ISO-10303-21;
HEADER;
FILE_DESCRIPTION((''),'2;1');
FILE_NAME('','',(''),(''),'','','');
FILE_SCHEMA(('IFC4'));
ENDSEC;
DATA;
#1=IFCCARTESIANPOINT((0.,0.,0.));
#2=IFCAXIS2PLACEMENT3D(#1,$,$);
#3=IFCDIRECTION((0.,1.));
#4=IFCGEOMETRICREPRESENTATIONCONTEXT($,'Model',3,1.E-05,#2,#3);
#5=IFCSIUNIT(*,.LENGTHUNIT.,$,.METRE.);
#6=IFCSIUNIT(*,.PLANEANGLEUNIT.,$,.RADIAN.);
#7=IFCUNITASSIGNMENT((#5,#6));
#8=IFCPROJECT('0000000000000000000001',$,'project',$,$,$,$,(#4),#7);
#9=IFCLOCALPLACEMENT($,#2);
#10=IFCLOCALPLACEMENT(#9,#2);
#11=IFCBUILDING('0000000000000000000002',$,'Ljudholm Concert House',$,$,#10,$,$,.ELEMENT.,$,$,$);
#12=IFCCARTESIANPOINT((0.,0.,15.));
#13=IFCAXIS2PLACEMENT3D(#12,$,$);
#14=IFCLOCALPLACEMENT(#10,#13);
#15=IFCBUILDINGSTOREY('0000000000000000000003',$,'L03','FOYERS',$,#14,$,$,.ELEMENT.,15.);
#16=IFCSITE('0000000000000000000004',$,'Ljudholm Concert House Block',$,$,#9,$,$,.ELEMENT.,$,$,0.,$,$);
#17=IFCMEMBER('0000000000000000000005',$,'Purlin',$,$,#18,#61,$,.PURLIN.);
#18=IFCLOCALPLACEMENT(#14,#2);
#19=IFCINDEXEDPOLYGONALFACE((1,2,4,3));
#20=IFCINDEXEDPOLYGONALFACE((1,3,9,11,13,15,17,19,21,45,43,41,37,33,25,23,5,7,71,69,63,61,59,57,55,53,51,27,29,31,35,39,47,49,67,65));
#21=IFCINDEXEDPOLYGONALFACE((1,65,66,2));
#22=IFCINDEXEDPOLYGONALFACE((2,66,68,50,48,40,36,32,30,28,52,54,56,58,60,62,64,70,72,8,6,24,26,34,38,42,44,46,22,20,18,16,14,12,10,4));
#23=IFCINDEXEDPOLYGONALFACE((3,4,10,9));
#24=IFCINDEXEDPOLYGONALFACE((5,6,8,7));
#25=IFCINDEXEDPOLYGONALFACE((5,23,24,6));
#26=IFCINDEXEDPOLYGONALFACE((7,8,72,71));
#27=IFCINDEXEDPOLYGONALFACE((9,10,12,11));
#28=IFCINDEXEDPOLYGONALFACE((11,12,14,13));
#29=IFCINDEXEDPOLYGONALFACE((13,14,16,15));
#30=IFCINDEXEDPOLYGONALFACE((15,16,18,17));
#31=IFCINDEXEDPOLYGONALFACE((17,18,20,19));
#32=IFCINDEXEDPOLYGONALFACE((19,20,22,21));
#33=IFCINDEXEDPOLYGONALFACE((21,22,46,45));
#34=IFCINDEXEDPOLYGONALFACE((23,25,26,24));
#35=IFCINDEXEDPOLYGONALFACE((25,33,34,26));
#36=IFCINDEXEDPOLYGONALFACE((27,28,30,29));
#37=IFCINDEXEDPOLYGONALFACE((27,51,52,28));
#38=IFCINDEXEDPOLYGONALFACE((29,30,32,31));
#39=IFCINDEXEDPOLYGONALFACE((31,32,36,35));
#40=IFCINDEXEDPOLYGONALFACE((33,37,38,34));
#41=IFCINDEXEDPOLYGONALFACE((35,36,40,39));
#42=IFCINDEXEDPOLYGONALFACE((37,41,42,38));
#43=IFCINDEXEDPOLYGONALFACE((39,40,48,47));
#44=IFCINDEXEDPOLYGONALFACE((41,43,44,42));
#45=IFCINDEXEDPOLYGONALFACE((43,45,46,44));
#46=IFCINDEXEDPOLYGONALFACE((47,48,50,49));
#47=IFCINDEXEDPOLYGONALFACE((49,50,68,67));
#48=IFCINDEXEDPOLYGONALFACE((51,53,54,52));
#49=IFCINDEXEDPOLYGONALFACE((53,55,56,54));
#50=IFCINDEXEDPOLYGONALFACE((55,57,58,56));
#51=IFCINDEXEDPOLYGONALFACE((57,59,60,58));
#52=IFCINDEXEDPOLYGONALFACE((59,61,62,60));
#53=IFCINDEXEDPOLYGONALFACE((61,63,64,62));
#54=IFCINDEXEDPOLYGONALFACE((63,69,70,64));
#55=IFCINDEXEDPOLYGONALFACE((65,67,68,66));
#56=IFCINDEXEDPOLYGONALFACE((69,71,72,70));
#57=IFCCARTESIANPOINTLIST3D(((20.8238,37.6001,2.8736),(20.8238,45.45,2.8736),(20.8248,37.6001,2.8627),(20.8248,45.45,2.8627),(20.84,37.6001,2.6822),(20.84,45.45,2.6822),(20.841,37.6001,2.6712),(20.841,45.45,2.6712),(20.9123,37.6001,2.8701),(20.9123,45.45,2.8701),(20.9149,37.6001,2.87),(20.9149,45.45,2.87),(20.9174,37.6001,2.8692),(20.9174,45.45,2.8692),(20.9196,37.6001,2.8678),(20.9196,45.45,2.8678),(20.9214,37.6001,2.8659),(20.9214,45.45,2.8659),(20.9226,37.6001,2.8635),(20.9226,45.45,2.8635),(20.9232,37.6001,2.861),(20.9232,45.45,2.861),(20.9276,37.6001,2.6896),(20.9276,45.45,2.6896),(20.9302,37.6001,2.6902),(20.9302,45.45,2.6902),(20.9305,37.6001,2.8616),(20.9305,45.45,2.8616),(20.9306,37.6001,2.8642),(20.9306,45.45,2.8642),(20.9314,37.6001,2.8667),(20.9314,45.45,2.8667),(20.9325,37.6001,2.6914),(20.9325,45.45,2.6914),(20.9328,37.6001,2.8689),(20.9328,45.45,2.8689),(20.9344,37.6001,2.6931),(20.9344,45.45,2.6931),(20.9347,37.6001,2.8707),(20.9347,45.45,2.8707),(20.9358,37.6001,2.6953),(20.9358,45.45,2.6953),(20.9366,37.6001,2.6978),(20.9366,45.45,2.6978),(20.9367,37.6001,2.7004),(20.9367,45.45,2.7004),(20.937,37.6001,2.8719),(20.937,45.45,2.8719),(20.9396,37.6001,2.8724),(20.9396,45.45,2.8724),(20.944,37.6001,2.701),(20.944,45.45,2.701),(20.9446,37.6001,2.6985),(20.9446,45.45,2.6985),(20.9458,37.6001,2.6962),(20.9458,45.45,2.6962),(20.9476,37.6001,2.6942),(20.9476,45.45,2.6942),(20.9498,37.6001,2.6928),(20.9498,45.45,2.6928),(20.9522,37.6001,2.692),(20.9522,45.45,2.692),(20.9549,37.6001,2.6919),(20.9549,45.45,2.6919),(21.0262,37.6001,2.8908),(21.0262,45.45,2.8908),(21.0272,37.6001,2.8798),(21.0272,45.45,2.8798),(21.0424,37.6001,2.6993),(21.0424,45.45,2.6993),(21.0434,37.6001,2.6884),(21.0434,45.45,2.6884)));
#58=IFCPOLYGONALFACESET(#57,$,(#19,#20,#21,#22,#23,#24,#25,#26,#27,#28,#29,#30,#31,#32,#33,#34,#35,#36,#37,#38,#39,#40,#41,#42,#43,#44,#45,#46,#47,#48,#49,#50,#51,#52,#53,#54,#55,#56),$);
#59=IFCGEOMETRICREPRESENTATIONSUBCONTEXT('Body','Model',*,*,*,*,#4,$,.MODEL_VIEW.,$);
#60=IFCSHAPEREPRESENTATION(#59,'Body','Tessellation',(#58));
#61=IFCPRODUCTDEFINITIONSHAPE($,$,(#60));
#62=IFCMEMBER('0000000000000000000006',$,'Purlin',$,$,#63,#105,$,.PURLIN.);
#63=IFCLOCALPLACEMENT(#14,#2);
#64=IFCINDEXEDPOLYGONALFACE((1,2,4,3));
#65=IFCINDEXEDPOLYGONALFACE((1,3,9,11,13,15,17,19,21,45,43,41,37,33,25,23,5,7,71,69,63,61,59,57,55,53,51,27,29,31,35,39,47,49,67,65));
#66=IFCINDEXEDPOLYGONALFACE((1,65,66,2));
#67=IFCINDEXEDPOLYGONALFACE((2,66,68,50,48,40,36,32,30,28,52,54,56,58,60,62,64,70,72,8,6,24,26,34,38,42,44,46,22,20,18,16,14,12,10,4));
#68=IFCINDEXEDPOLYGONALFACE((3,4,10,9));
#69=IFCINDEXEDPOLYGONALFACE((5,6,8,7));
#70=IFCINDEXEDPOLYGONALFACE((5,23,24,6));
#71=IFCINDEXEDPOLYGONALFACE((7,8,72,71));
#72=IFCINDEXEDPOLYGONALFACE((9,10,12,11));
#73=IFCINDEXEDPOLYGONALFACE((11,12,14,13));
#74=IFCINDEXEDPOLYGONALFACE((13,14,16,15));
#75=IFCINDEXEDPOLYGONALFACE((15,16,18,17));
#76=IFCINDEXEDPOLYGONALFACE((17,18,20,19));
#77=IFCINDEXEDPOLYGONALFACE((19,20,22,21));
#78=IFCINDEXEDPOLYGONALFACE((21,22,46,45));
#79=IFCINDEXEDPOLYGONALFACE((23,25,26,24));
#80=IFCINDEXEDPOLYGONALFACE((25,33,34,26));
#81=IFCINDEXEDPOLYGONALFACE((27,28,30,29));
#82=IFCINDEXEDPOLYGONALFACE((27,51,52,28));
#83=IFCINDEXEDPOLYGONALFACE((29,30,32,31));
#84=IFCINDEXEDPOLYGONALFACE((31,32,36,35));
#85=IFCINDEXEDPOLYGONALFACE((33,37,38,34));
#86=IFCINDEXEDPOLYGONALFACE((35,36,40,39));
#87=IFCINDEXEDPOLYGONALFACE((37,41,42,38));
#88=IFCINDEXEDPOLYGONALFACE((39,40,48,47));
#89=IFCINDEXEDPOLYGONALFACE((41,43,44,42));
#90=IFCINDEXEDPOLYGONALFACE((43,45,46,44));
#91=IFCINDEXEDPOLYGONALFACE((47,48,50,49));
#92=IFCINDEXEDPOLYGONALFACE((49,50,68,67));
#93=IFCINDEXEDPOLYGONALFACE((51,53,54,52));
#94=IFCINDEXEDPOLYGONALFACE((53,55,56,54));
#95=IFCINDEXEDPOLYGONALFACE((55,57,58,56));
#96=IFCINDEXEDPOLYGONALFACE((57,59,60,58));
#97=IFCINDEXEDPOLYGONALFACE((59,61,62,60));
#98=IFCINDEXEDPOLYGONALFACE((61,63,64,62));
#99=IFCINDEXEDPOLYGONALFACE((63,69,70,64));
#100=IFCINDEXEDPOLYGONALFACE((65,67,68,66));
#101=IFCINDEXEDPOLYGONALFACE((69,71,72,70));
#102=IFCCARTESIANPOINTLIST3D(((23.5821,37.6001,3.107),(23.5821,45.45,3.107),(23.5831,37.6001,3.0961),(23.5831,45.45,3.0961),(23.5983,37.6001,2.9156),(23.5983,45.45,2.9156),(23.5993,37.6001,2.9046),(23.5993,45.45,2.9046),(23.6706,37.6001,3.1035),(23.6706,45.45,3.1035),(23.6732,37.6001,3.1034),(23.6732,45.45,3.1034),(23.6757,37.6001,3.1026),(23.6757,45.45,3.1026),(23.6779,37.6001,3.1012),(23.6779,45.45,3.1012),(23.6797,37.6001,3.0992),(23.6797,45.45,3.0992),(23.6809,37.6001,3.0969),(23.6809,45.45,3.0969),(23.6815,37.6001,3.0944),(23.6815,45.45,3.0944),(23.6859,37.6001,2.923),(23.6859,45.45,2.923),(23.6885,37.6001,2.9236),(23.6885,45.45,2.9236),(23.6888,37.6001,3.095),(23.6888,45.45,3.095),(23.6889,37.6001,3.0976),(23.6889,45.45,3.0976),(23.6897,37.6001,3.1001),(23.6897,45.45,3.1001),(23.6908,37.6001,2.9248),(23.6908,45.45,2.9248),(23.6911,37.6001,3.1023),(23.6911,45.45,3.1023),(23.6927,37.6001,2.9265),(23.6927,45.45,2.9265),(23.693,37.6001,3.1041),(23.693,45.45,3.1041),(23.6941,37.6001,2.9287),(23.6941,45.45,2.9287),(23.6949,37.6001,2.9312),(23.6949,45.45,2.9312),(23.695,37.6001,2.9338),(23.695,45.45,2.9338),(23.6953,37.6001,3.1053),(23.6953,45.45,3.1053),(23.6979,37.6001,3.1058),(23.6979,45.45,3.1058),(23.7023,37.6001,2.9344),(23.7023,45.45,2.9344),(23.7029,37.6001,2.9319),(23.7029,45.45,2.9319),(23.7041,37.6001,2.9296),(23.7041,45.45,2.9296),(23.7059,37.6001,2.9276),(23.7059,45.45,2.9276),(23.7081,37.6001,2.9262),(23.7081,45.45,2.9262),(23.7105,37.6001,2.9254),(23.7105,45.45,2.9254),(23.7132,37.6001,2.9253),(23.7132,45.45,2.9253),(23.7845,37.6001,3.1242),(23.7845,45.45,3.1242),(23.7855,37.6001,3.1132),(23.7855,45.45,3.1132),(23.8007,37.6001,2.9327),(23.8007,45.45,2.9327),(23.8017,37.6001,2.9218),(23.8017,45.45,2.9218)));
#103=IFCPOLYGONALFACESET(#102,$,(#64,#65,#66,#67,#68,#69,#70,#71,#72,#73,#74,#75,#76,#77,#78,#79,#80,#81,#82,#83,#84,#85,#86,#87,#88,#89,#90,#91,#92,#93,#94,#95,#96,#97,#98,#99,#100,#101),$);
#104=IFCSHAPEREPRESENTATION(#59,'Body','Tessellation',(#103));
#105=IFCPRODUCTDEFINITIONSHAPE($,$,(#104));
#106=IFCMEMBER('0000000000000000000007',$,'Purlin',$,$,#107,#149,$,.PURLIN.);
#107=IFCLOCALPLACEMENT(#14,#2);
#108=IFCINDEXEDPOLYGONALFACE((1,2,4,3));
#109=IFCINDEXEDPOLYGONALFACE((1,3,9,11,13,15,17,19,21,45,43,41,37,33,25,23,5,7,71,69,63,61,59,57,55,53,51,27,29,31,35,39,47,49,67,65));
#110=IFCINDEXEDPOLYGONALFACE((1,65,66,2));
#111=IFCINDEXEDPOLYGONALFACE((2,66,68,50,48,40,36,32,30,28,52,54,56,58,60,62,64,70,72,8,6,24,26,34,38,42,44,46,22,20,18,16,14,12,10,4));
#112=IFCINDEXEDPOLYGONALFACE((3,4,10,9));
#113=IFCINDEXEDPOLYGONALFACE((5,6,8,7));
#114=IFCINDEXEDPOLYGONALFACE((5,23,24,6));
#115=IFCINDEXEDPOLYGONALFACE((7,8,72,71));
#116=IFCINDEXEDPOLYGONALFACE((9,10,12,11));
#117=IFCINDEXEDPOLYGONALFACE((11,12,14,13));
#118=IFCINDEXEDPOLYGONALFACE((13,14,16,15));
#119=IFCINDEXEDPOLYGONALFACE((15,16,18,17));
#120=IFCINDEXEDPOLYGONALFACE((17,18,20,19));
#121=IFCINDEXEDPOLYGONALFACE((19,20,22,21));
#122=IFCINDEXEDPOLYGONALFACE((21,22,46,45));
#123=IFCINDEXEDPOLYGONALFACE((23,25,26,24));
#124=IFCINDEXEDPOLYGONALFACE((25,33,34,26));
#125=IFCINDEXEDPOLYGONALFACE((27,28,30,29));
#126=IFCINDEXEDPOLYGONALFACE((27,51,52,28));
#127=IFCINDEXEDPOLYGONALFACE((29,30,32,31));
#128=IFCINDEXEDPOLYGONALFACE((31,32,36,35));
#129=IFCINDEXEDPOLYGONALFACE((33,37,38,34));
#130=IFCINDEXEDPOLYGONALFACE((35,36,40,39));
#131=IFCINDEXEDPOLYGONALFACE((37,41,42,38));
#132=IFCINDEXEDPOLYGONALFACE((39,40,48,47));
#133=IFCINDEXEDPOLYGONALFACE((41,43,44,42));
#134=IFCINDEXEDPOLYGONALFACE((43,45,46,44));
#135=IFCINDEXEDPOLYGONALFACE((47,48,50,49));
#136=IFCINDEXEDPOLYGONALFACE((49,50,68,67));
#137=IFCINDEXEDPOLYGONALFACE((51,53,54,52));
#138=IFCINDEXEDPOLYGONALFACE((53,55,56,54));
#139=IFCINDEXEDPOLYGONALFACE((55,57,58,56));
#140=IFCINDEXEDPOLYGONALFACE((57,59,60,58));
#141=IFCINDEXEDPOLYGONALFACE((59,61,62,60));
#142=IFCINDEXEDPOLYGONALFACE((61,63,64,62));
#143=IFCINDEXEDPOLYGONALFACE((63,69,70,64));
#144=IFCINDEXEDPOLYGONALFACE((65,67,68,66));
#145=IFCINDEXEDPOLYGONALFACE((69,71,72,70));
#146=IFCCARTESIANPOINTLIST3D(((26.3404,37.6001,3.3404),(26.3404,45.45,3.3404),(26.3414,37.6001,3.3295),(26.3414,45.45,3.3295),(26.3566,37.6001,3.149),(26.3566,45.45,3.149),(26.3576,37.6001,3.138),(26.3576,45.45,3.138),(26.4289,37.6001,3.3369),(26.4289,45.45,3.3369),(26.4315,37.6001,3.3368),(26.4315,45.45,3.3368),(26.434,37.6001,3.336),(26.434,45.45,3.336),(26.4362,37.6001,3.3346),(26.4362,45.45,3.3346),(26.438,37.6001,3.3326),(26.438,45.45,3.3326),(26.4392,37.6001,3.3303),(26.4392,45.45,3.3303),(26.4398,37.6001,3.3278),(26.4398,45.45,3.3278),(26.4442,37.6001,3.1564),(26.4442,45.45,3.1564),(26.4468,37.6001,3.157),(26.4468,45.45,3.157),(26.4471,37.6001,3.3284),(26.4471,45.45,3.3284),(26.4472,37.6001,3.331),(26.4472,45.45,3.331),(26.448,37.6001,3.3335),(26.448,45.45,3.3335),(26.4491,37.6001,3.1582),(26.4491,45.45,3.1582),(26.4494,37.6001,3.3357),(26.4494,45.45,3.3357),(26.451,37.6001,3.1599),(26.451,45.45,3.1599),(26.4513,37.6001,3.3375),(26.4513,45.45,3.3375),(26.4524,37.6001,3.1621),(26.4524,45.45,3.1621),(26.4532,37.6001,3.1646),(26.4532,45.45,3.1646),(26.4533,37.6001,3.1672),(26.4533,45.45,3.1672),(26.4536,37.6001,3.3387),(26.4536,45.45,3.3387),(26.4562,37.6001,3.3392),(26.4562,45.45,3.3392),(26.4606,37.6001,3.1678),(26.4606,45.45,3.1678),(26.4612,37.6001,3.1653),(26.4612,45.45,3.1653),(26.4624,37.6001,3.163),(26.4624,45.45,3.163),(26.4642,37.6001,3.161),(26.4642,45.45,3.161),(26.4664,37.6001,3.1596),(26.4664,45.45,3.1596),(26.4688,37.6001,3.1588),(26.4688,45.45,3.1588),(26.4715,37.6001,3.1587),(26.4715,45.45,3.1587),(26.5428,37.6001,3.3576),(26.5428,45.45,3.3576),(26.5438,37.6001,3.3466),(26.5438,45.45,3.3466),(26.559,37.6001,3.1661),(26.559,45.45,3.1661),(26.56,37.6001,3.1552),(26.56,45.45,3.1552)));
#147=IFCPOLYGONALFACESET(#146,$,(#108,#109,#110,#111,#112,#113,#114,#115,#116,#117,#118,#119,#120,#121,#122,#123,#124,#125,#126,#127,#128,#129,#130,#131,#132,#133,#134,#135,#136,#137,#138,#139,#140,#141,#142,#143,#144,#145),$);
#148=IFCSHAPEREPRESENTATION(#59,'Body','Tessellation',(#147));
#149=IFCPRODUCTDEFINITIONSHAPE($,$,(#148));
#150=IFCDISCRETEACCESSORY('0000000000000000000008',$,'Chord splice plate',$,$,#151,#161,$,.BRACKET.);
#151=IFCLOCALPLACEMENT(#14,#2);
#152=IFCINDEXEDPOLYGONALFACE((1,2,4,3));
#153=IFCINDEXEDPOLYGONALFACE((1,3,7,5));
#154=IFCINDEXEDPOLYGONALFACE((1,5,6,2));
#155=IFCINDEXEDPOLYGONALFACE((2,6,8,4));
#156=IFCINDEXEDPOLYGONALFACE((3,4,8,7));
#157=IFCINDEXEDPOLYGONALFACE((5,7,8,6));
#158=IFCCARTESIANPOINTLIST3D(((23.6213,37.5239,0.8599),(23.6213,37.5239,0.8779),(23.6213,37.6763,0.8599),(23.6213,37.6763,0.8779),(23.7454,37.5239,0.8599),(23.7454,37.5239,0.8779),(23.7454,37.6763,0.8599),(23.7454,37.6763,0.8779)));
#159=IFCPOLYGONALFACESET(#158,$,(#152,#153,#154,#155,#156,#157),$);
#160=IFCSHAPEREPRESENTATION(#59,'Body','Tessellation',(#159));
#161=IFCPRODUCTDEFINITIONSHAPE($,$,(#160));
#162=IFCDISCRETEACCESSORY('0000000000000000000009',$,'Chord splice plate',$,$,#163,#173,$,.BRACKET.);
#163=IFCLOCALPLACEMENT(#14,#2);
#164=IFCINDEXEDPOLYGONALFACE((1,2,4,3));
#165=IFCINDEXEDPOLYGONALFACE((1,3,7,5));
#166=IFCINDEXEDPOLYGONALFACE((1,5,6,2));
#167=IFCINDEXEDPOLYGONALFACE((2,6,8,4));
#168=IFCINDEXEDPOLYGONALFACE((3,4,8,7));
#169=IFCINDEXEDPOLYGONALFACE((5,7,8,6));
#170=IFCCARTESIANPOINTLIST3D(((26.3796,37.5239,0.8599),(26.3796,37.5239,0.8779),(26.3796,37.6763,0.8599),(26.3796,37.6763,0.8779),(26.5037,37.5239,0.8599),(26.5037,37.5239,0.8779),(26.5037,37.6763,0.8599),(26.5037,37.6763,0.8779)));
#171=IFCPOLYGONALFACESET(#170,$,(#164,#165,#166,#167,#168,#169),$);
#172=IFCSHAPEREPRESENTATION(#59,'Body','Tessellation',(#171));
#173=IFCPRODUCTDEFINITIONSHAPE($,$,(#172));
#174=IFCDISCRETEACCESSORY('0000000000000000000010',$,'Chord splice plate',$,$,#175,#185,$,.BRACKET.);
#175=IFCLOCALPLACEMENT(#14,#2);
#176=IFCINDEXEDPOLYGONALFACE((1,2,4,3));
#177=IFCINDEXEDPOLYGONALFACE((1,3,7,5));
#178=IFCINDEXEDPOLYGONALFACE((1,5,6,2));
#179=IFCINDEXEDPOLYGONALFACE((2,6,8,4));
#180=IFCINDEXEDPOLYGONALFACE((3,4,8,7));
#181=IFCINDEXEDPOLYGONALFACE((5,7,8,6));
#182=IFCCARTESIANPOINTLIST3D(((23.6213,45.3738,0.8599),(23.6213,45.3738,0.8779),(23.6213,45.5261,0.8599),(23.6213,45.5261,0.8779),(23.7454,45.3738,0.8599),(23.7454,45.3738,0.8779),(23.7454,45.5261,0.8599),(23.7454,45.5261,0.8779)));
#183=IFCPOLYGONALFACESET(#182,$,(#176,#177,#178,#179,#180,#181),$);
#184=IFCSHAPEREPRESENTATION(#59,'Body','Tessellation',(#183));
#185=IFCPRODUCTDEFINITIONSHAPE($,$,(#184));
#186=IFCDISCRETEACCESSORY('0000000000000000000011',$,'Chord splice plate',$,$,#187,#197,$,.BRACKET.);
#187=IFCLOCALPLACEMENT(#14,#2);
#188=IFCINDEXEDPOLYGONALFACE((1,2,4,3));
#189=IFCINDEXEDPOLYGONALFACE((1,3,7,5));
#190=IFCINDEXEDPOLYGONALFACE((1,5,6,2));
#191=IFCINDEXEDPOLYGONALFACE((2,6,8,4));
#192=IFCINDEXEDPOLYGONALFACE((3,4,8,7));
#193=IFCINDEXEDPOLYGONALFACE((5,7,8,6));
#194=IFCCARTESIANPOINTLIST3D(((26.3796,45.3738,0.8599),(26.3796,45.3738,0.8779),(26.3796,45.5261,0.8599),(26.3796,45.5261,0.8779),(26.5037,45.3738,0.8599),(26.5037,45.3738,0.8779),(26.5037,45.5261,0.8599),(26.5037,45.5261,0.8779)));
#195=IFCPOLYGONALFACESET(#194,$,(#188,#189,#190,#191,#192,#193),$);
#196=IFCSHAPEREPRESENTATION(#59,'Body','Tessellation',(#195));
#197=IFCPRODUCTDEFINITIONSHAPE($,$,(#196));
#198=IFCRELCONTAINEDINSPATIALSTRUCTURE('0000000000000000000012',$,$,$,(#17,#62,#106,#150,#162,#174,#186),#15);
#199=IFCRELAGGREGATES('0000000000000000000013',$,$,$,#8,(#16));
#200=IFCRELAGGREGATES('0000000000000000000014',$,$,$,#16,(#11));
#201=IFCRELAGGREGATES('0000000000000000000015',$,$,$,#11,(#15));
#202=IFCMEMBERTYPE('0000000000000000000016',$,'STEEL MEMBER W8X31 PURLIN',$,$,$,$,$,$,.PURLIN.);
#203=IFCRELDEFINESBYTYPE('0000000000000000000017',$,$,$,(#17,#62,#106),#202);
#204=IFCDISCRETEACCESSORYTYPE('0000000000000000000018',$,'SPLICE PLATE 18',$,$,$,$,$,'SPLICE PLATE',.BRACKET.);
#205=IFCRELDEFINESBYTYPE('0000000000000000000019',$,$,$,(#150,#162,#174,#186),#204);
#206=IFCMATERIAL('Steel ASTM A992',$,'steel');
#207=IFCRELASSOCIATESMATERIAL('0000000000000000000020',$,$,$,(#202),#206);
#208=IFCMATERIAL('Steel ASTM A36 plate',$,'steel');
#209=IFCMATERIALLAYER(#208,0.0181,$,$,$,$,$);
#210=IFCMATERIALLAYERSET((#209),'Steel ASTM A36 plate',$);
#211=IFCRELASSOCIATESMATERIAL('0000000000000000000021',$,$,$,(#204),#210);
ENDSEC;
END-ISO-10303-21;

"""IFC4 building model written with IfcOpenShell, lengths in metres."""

from ifc_helpers import new_model, si_unit, direction, frame, origin, origin_2d, place, context, subcontext, project, spatial, rectangle, i_section, extrude, material, layer, layer_set, material_profile, profile_set, type_object, element, save


model = new_model("IFC4")

# Units and contexts
model_context = context("Model", 3, precision=1e-05, world=origin(), true_north=direction((0.0, 1.0)))
body_context = subcontext(model_context, "Body", "Model", "MODEL_VIEW")
ifc_project = project(units=[si_unit("LENGTHUNIT", "METRE"), si_unit("PLANEANGLEUNIT", "RADIAN")], contexts=[model_context])

# Site, building, storey
site_placement = place(None, origin())
site = spatial("IfcSite", under=ifc_project, at=site_placement, Name="Ljudholm Concert House Block", CompositionType="ELEMENT", RefElevation=0.0)
building_placement = place(site_placement, origin())
building = spatial("IfcBuilding", under=site, at=building_placement, Name="Ljudholm Concert House", CompositionType="ELEMENT")
storey_placement = place(building_placement, frame((0.0, 0.0, 15.0)))
storey = spatial("IfcBuildingStorey", under=building, at=storey_placement, Name="L03", Description="FOYERS", CompositionType="ELEMENT", Elevation=15.0)

# Members
ifc_material_1 = material(Name="Steel ASTM A992", Category="steel")
ifc_material_profile_1 = material_profile(ifc_material_1, i_section(OverallWidth=0.2031, OverallDepth=0.2031, WebThickness=0.0073, FlangeThickness=0.011, FilletRadius=0.01, at=origin_2d()), Name="W8X31")
ifc_profile_set_1 = profile_set([ifc_material_profile_1], Name="Steel ASTM A992")
member_type_1 = type_object("IfcMemberType", Name="STEEL MEMBER W8X31 PURLIN", PredefinedType="PURLIN", material=ifc_profile_set_1)
for number, where, z_axis, x_axis, name in (
    (1, (20.9336, 37.6001, 2.781), (0.0, 1.0, 0.0), (-0.996441, 0.0, -0.084291), "Purlin"),
    (2, (23.6919, 37.6001, 3.0144), (0.0, 1.0, 0.0), (-0.996441, 0.0, -0.084291), "Purlin"),
    (3, (26.4502, 37.6001, 3.2478), (0.0, 1.0, 0.0), (-0.996441, 0.0, -0.084291), "Purlin"),
):
    element("IfcMember", number, at=place(storey_placement, frame(where, z_axis=z_axis, x_axis=x_axis)), inside=storey, type_object=member_type_1, Name=name, PredefinedType="PURLIN", context=body_context, shape_type="SweptSolid", body=[
        extrude(i_section(OverallWidth=0.2031, OverallDepth=0.2031, WebThickness=0.0073, FlangeThickness=0.011, FilletRadius=0.01, at=origin_2d()), origin(), (0.0, 0.0, 1.0), 7.8499),
    ])

# Discrete accessories
ifc_material_2 = material(Name="Steel ASTM A36 plate", Category="steel")
ifc_layer = layer(ifc_material_2, 0.0181)
ifc_layer_set = layer_set([ifc_layer], Name="Steel ASTM A36 plate")
discrete_accessory_type = type_object("IfcDiscreteAccessoryType", Name="SPLICE PLATE 18", ElementType="SPLICE PLATE", PredefinedType="BRACKET", material=ifc_layer_set)
for number, where, z_axis, x_axis, name in (
    (4, (23.6833, 37.6001, 0.8599), (0.0, 0.0, 1.0), (1.0, 0.0, 0.0), "Chord splice plate"),
    (5, (26.4417, 37.6001, 0.8599), (0.0, 0.0, 1.0), (1.0, 0.0, 0.0), "Chord splice plate"),
    (6, (23.6833, 45.45, 0.8599), (0.0, 0.0, 1.0), (1.0, 0.0, 0.0), "Chord splice plate"),
    (7, (26.4417, 45.45, 0.8599), (0.0, 0.0, 1.0), (1.0, 0.0, 0.0), "Chord splice plate"),
):
    element("IfcDiscreteAccessory", number, at=place(storey_placement, frame(where, z_axis=z_axis, x_axis=x_axis)), inside=storey, type_object=discrete_accessory_type, Name=name, PredefinedType="BRACKET", context=body_context, shape_type="SweptSolid", body=[
        extrude(rectangle(XDim=0.124, YDim=0.1523, at=origin_2d()), origin(), (0.0, 0.0, 1.0), 0.0181),
    ])

save(model, "model.ifc")
